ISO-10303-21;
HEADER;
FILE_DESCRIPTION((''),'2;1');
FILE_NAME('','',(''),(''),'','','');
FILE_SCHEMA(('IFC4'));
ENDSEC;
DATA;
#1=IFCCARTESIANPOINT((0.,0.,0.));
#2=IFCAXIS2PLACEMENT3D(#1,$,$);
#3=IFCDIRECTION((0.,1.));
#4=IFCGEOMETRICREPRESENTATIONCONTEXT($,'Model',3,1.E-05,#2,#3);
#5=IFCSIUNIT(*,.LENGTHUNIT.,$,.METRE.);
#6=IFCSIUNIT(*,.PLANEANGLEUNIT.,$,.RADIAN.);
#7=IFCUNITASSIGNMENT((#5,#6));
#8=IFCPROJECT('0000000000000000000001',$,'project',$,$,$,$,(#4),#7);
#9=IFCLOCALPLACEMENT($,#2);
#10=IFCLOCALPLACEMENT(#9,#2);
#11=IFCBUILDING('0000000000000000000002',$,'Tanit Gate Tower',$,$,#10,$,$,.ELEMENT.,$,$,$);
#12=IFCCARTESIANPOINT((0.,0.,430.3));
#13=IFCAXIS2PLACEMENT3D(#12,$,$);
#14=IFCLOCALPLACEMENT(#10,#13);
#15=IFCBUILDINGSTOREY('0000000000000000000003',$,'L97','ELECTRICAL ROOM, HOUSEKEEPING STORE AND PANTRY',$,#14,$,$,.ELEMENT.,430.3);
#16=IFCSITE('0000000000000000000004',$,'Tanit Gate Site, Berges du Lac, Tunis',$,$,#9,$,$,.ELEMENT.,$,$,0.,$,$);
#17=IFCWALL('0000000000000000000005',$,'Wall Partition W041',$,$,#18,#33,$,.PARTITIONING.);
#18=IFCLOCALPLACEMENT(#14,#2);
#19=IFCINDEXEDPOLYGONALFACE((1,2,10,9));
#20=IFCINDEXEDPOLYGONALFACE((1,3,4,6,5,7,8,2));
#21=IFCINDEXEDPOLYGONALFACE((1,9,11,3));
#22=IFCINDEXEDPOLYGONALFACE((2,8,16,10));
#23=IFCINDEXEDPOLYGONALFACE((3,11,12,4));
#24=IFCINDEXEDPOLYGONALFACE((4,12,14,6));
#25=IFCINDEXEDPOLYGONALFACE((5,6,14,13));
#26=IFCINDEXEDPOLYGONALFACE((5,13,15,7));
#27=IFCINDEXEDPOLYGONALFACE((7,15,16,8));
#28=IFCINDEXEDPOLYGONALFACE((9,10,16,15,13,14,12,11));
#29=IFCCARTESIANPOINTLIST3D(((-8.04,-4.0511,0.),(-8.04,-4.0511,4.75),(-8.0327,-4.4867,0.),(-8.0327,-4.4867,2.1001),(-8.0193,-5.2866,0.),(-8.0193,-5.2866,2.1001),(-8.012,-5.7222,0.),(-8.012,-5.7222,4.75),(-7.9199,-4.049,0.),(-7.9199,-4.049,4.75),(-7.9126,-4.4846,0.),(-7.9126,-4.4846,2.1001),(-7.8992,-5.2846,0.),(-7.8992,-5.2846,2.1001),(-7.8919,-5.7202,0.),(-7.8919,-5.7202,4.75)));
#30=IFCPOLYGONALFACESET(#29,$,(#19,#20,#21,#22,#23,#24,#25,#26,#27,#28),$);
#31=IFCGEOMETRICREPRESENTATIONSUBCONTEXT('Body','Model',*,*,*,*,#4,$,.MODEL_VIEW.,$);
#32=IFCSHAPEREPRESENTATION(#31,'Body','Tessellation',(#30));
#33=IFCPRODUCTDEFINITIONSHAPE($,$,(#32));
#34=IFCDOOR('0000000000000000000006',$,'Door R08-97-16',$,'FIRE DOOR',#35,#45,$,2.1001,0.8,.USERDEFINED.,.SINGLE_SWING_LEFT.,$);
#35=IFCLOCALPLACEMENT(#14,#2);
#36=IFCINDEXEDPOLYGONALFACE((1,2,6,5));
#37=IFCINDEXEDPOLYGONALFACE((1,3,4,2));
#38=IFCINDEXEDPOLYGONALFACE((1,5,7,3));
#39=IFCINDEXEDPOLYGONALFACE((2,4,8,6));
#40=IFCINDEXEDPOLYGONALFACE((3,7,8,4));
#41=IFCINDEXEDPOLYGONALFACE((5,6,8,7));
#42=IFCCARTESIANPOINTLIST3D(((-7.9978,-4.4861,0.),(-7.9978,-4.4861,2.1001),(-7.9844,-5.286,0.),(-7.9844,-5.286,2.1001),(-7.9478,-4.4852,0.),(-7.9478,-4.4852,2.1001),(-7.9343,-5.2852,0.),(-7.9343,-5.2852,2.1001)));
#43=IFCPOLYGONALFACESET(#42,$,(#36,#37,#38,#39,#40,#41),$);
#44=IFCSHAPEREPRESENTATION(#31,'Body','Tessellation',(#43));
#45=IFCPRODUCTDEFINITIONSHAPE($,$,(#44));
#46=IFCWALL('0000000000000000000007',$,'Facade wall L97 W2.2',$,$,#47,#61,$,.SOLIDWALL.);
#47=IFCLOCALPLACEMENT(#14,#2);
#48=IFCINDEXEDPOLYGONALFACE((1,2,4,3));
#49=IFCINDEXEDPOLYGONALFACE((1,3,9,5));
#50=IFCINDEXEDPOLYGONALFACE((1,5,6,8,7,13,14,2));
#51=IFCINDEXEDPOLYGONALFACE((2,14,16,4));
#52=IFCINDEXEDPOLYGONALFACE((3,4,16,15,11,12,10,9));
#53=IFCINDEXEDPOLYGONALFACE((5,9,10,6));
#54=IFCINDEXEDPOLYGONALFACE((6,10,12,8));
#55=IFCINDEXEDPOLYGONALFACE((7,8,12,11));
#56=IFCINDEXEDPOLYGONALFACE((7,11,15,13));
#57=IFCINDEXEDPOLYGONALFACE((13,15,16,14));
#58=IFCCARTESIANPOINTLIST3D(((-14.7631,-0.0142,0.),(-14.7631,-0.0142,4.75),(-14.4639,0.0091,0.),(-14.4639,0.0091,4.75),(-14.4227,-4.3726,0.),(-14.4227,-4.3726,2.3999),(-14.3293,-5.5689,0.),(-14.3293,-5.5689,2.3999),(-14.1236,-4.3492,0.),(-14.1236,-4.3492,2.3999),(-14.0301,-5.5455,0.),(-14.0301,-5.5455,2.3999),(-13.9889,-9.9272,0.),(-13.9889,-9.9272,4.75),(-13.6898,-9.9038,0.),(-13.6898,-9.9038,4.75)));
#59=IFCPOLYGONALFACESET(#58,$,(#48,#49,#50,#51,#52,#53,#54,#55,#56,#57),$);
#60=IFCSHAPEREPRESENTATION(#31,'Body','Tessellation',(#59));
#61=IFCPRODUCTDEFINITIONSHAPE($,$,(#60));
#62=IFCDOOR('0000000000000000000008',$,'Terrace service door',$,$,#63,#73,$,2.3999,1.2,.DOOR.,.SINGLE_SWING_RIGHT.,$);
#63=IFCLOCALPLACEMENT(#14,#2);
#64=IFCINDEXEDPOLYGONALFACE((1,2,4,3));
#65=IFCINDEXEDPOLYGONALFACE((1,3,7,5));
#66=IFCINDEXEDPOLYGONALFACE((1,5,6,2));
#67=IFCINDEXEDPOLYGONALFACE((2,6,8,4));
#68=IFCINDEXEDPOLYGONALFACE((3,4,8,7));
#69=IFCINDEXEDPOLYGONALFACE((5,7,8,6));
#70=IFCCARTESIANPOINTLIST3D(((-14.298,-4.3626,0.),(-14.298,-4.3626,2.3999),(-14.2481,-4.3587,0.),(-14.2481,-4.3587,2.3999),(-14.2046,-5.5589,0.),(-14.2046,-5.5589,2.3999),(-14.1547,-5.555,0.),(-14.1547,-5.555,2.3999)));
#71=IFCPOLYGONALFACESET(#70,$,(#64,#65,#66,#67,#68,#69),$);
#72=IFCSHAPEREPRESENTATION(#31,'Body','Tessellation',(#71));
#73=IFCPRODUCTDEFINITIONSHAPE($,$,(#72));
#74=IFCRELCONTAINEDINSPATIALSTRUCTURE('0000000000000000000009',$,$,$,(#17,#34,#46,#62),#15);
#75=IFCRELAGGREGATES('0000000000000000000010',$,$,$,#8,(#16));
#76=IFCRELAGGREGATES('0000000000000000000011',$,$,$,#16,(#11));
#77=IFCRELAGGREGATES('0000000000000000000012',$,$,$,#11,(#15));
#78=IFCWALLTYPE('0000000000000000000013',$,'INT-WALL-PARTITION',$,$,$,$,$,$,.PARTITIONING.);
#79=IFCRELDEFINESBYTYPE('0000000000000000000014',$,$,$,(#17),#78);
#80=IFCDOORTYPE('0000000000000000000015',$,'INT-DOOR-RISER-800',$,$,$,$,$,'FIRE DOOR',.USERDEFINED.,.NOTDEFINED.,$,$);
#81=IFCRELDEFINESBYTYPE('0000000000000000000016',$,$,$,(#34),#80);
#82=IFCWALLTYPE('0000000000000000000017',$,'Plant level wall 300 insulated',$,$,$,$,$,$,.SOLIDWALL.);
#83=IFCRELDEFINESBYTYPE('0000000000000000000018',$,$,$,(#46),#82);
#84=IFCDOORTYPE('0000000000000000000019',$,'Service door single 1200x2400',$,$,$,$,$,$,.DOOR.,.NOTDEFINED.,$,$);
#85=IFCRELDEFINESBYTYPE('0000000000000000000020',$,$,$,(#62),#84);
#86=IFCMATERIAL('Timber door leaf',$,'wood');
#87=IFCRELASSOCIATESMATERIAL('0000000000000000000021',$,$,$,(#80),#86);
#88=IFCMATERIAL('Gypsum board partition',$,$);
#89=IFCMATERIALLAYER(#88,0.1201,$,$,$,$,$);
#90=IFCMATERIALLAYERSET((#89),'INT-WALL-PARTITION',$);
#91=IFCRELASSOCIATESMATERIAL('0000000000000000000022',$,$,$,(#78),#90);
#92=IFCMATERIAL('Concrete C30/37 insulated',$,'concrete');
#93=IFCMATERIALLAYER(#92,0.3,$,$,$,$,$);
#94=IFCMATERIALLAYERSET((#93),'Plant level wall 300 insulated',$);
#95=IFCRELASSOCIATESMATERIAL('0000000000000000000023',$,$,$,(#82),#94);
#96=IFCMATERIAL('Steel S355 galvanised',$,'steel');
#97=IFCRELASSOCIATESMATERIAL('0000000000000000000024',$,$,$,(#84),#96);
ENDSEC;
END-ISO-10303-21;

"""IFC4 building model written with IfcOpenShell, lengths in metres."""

from ifc_helpers import new_model, si_unit, direction, frame, frame_2d, origin, place, context, subcontext, project, spatial, rectangle, extrude, material, layer, layer_set, type_object, element, fill, save


model = new_model("IFC4")

# Units and contexts
model_context = context("Model", 3, precision=1e-05, world=origin(), true_north=direction((0.0, 1.0)))
body_context = subcontext(model_context, "Body", "Model", "MODEL_VIEW")
ifc_project = project(units=[si_unit("LENGTHUNIT", "METRE"), si_unit("PLANEANGLEUNIT", "RADIAN")], contexts=[model_context])

# Site, building, storey
site_placement = place(None, origin())
site = spatial("IfcSite", under=ifc_project, at=site_placement, Name="Tanit Gate Site, Berges du Lac, Tunis", CompositionType="ELEMENT", RefElevation=0.0)
building_placement = place(site_placement, origin())
building = spatial("IfcBuilding", under=site, at=building_placement, Name="Tanit Gate Tower", CompositionType="ELEMENT")
storey_placement = place(building_placement, frame((0.0, 0.0, 430.3)))
storey = spatial("IfcBuildingStorey", under=building, at=storey_placement, Name="L97", Description="ELECTRICAL ROOM, HOUSEKEEPING STORE AND PANTRY", CompositionType="ELEMENT", Elevation=430.3)

# Shared definitions
ifc_material_1 = material(Name="Timber door leaf", Category="wood")
door_type_1 = type_object("IfcDoorType", Name="INT-DOOR-RISER-800", ElementType="FIRE DOOR", OperationType="NOTDEFINED", PredefinedType="USERDEFINED", material=ifc_material_1)

# Shared definitions
ifc_material_2 = material(Name="Gypsum board partition")
ifc_layer_1 = layer(ifc_material_2, 0.1201)
ifc_layer_set_1 = layer_set([ifc_layer_1], Name="INT-WALL-PARTITION")
wall_type_1 = type_object("IfcWallType", Name="INT-WALL-PARTITION", PredefinedType="PARTITIONING", material=ifc_layer_set_1)

# Walls, openings, doors
wall_1_placement = place(storey_placement, frame((-7.98, -4.05, 0.0), z_axis=(0.0, 0.0, 1.0), x_axis=(0.016798, -0.999859, 0.0)))
wall_1 = element("IfcWall", 1, at=wall_1_placement, inside=storey, type_object=wall_type_1, Name="Wall Partition W041", PredefinedType="PARTITIONING", context=body_context, shape_type="SweptSolid", body=[
    extrude(rectangle(XDim=1.6714, YDim=0.1201, at=frame_2d((0.8357, 0.0))), origin(), (0.0, 0.0, 1.0), 4.75),
])
opening_1_placement = place(wall_1_placement, frame((0.4358, 0.0, 0.0)))
opening_1 = element("IfcOpeningElement", 2, at=opening_1_placement, cuts=wall_1, PredefinedType="OPENING", context=body_context, shape_type="SweptSolid", body=[
    extrude(rectangle(XDim=0.8, YDim=2.1001, at=frame_2d((0.3999, 1.05))), frame((0.0, 0.0701, 0.0), z_axis=(0.0, -1.0, 0.0), x_axis=(1.0, 0.0, 0.0)), (0.0, 0.0, 1.0), 0.1401),
])
door_1_placement = place(opening_1_placement, origin())
door_1 = element("IfcDoor", 3, at=door_1_placement, inside=storey, type_object=door_type_1, Name="Door R08-97-16", ObjectType="FIRE DOOR", OperationType="SINGLE_SWING_LEFT", OverallHeight=2.1001, OverallWidth=0.8, PredefinedType="USERDEFINED", context=body_context, shape_type="SweptSolid", body=[
    extrude(rectangle(XDim=0.8, YDim=2.1001, at=frame_2d((0.3999, 1.05))), frame((0.0, 0.0249, 0.0), z_axis=(0.0, -1.0, 0.0), x_axis=(1.0, 0.0, 0.0)), (0.0, 0.0, 1.0), 0.05),
])
fill(opening_1, door_1)
ifc_material_3 = material(Name="Concrete C30/37 insulated", Category="concrete")
ifc_layer_2 = layer(ifc_material_3, 0.3)
ifc_layer_set_2 = layer_set([ifc_layer_2], Name="Plant level wall 300 insulated")
wall_type_2 = type_object("IfcWallType", Name="Plant level wall 300 insulated", PredefinedType="SOLIDWALL", material=ifc_layer_set_2)
wall_2_placement = place(storey_placement, frame((-14.6135, -0.0024, 0.0), z_axis=(0.0, 0.0, 1.0), x_axis=(0.077861, -0.996964, 0.0)))
wall_2 = element("IfcWall", 4, at=wall_2_placement, inside=storey, type_object=wall_type_2, Name="Facade wall L97 W2.2", PredefinedType="SOLIDWALL", context=body_context, shape_type="SweptSolid", body=[
    extrude(rectangle(XDim=9.9431, YDim=0.3, at=frame_2d((4.9717, 0.0))), origin(), (0.0, 0.0, 1.0), 4.75),
])
opening_2_placement = place(wall_2_placement, frame((4.3716, 0.0, 0.0)))
opening_2 = element("IfcOpeningElement", 5, at=opening_2_placement, cuts=wall_2, PredefinedType="OPENING", context=body_context, shape_type="SweptSolid", body=[
    extrude(rectangle(XDim=1.2, YDim=2.3999, at=frame_2d((0.6001, 1.2))), frame((0.0, 0.1602, 0.0), z_axis=(0.0, -1.0, 0.0), x_axis=(1.0, 0.0, 0.0)), (0.0, 0.0, 1.0), 0.3201),
])
ifc_material_4 = material(Name="Steel S355 galvanised", Category="steel")
door_type_2 = type_object("IfcDoorType", Name="Service door single 1200x2400", OperationType="NOTDEFINED", PredefinedType="DOOR", material=ifc_material_4)
door_2_placement = place(opening_2_placement, frame((1.2, 0.0, 0.0), z_axis=(0.0, 0.0, 1.0), x_axis=(-1.0, 0.0, 0.0)))
door_2 = element("IfcDoor", 6, at=door_2_placement, inside=storey, type_object=door_type_2, Name="Terrace service door", OperationType="SINGLE_SWING_RIGHT", OverallHeight=2.3999, OverallWidth=1.2, PredefinedType="DOOR", context=body_context, shape_type="SweptSolid", body=[
    extrude(rectangle(XDim=1.2, YDim=2.3999, at=frame_2d((0.6001, 1.2))), frame((0.0, 0.0249, 0.0), z_axis=(0.0, -1.0, 0.0), x_axis=(1.0, 0.0, 0.0)), (0.0, 0.0, 1.0), 0.05),
])
fill(opening_2, door_2)

save(model, "model.ifc")
